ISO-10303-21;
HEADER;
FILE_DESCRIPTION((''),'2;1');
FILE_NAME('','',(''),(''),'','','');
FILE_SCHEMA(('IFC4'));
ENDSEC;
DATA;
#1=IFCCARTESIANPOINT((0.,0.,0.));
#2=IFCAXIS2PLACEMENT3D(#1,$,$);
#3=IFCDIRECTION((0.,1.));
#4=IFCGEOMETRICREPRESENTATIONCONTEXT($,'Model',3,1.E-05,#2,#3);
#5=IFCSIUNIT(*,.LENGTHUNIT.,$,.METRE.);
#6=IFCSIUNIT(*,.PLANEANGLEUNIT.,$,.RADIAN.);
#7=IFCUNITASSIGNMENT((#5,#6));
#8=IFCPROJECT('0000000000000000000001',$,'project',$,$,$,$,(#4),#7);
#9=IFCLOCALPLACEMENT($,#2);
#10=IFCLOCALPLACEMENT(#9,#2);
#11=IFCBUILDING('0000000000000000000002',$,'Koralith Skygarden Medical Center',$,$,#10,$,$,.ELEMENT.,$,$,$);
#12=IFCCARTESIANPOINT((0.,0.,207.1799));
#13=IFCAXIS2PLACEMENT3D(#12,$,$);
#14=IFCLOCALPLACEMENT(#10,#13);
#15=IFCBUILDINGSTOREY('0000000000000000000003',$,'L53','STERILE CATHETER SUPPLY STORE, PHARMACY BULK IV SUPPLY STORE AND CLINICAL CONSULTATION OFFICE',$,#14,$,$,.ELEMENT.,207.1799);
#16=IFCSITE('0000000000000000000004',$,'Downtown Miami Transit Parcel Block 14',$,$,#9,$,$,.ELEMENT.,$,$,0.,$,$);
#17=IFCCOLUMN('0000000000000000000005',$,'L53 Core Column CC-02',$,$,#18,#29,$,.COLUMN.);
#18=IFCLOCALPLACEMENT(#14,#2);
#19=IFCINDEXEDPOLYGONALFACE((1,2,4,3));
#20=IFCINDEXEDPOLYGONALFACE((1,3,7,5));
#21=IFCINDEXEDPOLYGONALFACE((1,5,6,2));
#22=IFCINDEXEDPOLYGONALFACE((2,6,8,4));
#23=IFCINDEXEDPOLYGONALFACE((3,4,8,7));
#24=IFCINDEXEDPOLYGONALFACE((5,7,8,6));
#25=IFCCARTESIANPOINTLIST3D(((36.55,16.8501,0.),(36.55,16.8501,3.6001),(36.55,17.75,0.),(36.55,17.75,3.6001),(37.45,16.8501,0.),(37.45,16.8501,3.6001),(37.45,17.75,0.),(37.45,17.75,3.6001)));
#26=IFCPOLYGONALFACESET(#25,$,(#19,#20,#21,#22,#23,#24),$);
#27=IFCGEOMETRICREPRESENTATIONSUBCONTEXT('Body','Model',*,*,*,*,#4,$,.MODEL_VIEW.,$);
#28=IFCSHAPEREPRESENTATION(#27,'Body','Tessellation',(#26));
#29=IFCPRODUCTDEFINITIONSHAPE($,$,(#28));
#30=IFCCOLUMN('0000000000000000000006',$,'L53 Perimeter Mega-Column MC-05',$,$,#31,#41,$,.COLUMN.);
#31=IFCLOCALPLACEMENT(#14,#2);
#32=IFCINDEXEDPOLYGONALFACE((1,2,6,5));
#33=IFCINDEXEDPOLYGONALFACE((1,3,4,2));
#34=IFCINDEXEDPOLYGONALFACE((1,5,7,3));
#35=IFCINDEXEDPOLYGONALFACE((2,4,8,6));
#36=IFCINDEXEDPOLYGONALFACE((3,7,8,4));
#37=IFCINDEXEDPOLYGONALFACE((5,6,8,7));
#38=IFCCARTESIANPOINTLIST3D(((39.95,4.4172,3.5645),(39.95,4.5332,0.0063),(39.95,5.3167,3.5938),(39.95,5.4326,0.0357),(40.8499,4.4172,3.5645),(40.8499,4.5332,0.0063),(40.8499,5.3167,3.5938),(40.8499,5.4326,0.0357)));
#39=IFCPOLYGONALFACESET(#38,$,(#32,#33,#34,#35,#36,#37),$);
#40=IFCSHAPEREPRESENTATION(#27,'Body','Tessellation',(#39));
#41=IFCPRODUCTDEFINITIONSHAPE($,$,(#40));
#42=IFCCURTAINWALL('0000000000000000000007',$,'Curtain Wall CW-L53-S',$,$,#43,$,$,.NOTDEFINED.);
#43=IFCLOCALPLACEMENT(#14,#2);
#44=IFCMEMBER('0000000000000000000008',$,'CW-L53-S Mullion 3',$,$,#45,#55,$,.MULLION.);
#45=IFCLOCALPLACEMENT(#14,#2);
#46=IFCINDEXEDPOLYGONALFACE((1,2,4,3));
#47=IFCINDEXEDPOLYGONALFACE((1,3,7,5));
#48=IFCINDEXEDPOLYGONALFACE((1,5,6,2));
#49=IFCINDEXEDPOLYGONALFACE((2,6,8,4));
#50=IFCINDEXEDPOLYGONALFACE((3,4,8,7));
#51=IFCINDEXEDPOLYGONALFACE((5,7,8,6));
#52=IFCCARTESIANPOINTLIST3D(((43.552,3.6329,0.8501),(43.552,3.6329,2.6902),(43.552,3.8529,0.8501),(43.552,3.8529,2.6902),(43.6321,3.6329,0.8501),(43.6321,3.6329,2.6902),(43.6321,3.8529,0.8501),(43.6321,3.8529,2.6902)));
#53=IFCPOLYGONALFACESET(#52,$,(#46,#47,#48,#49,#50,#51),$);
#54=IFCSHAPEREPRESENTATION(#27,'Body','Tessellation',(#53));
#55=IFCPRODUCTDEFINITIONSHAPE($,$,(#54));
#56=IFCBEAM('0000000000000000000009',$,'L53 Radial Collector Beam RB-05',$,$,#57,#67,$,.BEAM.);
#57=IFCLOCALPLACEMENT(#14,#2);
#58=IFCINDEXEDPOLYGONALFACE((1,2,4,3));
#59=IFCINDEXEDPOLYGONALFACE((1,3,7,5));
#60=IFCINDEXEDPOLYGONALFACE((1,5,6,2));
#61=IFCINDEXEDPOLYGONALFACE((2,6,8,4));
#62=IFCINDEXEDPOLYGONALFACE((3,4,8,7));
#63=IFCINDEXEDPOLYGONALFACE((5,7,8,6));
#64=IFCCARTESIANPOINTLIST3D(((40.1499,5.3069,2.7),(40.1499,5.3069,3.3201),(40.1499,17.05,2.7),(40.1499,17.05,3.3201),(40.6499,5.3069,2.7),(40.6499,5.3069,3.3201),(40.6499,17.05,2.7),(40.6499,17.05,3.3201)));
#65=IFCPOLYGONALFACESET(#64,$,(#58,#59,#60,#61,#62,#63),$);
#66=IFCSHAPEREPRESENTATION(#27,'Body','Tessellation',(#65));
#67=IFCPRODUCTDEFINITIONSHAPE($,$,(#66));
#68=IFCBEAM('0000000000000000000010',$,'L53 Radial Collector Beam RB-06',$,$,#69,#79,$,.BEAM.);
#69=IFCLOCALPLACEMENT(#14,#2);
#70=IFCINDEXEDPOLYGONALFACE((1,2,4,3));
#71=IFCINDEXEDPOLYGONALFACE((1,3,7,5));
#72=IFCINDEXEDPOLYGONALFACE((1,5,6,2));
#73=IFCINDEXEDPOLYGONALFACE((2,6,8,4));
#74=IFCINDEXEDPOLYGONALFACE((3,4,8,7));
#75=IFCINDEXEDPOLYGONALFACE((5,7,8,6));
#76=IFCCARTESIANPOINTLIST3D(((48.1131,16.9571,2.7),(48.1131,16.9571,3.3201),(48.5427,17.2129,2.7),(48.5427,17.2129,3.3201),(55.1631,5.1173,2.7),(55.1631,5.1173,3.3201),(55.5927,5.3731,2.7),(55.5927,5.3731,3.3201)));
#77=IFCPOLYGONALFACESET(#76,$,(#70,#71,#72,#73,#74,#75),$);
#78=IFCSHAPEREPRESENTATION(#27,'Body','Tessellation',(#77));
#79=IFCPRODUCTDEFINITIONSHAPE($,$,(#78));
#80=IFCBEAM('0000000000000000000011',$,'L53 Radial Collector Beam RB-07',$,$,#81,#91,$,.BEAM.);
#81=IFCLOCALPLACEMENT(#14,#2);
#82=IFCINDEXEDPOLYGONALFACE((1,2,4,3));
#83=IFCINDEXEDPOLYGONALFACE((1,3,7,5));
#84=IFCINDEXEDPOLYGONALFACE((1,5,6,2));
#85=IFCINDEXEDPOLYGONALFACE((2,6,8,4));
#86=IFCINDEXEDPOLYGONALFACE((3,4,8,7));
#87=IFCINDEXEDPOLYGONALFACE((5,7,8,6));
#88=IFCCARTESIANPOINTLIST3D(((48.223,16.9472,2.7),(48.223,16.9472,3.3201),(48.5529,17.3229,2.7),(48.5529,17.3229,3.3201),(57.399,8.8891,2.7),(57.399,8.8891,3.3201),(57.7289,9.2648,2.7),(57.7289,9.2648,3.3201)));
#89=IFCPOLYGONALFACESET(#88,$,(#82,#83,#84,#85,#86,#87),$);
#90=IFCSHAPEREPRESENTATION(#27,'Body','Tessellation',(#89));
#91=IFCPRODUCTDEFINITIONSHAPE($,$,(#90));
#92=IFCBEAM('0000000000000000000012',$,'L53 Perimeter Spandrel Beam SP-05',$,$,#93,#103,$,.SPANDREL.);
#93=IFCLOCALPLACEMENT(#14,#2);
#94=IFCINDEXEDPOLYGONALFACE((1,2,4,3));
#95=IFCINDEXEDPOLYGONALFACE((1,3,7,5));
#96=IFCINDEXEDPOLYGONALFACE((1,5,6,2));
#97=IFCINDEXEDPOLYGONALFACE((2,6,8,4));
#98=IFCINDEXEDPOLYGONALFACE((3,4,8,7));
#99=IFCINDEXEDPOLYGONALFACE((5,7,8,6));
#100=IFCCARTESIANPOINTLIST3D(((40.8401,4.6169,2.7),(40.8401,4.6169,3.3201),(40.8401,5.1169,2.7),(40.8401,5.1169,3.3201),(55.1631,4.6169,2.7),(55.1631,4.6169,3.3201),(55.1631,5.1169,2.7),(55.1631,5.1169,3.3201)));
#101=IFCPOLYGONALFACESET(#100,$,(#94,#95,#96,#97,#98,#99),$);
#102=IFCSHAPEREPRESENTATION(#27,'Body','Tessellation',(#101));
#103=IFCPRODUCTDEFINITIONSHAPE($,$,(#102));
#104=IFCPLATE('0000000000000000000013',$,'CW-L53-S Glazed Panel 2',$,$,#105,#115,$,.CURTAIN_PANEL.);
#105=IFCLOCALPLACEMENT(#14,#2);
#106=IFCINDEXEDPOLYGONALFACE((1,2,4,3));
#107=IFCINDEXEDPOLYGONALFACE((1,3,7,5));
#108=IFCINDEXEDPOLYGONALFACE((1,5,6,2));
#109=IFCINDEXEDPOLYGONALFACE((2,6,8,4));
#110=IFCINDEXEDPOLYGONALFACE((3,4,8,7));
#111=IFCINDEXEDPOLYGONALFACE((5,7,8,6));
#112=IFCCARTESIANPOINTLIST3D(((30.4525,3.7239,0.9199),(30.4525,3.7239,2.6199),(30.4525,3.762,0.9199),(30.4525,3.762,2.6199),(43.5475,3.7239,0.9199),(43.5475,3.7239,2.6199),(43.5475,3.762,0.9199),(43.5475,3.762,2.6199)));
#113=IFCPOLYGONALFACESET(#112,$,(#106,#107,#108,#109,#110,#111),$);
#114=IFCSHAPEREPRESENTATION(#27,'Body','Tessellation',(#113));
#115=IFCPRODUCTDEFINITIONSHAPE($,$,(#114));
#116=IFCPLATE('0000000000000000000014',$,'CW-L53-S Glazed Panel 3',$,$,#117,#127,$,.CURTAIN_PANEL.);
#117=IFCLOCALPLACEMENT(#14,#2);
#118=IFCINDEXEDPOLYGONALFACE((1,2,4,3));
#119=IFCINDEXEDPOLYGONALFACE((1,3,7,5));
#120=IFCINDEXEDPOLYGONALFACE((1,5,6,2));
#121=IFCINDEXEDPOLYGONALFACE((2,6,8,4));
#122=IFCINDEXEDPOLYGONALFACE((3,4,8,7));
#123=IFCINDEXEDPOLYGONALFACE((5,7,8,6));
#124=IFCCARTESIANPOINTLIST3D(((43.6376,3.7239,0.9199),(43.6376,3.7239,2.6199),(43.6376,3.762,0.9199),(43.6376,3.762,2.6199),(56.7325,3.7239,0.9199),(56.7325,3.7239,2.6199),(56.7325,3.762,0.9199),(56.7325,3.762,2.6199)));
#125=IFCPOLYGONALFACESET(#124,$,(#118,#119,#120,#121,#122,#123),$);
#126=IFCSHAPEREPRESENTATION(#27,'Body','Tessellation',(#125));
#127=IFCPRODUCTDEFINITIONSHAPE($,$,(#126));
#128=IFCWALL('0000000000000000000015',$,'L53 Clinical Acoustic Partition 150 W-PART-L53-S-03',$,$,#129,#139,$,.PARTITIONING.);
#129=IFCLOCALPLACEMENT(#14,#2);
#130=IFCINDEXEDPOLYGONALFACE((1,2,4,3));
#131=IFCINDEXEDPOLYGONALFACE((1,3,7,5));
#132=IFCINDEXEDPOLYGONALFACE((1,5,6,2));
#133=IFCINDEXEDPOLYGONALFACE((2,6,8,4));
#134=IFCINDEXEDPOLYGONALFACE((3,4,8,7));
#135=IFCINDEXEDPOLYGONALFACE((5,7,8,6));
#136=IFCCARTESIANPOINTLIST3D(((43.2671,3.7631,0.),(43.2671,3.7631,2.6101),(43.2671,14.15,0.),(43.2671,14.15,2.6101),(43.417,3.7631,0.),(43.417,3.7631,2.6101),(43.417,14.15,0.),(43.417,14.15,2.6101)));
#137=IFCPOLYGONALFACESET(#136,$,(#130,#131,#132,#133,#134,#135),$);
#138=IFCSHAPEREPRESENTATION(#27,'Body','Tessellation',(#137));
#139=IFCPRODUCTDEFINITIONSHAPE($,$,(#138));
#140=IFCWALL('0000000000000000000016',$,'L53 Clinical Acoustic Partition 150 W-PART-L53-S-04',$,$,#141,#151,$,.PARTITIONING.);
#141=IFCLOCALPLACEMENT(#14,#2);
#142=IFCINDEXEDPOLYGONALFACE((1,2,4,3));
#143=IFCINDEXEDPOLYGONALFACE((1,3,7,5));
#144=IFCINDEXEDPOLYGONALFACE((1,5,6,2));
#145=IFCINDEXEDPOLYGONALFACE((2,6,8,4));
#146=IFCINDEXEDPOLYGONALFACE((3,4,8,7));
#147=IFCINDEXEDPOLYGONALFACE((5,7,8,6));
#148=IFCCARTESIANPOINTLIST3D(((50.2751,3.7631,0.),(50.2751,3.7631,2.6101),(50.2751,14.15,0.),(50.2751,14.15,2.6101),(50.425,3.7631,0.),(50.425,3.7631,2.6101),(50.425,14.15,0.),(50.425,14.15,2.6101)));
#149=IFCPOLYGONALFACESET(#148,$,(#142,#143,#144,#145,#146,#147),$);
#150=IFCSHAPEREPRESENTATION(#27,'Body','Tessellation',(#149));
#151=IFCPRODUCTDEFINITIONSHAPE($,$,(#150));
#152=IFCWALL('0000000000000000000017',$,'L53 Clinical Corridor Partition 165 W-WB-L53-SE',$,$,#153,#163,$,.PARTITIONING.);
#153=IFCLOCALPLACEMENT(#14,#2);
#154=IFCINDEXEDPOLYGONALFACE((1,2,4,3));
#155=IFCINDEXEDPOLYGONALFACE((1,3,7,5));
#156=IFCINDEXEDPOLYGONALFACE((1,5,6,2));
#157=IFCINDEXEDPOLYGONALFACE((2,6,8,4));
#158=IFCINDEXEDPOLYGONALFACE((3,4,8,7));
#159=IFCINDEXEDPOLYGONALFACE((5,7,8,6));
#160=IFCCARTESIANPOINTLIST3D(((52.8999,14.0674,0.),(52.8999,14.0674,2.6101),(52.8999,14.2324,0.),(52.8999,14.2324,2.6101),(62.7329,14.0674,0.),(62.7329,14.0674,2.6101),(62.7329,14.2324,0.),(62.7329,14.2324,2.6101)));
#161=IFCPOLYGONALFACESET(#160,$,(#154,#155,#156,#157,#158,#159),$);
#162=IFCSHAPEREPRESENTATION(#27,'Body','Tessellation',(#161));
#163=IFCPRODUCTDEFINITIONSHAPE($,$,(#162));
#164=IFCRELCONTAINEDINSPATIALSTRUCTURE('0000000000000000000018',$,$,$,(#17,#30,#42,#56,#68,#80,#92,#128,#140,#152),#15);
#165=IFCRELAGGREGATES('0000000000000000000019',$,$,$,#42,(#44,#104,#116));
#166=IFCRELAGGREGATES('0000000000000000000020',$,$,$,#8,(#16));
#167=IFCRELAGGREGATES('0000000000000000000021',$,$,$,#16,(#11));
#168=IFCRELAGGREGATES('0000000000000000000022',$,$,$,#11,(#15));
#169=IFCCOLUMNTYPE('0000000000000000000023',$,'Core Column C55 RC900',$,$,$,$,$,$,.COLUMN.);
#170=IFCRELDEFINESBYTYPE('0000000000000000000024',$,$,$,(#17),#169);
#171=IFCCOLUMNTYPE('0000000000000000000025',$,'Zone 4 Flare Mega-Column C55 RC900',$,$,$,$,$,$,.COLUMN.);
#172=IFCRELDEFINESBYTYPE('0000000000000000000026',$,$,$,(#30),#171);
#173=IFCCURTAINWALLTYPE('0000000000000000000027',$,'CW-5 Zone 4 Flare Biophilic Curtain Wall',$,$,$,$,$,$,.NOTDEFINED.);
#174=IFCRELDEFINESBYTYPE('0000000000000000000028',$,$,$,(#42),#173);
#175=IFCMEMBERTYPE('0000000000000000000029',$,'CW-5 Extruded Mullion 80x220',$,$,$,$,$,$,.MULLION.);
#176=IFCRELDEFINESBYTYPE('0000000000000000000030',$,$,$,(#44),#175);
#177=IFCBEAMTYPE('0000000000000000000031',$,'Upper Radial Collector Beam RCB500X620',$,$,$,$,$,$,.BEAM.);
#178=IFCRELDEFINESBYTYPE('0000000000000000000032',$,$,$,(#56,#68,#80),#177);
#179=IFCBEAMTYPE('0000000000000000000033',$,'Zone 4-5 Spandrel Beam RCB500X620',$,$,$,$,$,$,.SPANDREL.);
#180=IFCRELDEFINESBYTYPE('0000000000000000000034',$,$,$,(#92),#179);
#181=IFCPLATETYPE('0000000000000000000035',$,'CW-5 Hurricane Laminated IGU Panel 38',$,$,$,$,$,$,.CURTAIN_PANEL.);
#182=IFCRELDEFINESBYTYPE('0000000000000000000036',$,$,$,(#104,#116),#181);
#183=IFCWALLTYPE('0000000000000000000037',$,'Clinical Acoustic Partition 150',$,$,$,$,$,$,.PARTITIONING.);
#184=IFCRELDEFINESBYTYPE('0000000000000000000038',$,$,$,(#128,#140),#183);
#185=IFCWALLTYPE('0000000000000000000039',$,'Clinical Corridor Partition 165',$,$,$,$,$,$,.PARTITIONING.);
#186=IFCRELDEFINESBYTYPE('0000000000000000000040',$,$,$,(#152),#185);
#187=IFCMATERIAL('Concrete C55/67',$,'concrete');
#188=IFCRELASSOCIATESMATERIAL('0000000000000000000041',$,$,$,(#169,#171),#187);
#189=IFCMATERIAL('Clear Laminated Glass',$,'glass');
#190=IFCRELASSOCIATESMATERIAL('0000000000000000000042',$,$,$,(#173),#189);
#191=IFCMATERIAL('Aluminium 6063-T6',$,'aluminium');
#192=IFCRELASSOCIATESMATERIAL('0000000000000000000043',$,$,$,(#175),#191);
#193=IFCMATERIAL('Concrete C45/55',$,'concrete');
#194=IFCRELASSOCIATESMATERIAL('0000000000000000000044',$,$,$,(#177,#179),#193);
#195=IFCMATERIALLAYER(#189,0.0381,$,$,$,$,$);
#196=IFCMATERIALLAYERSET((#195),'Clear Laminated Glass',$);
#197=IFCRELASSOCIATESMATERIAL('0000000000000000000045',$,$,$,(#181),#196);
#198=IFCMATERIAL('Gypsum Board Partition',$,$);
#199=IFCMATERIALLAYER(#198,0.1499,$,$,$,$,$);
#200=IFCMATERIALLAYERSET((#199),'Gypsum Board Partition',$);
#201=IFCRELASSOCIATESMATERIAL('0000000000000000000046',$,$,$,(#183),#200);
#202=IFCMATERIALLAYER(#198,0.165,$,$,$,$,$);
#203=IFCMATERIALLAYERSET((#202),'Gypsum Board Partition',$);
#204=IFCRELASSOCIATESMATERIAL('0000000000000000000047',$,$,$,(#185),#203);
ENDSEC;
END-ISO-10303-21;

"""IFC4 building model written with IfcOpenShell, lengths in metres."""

from ifc_helpers import new_model, si_unit, direction, frame, frame_2d, origin, origin_2d, place, context, subcontext, project, spatial, rectangle, extrude, material, layer, layer_set, material_profile, profile_set, type_object, element, aggregate, save


model = new_model("IFC4")

# Units and contexts
model_context = context("Model", 3, precision=1e-05, world=origin(), true_north=direction((0.0, 1.0)))
body_context = subcontext(model_context, "Body", "Model", "MODEL_VIEW")
ifc_project = project(units=[si_unit("LENGTHUNIT", "METRE"), si_unit("PLANEANGLEUNIT", "RADIAN")], contexts=[model_context])

# Site, building, storey
site_placement = place(None, origin())
site = spatial("IfcSite", under=ifc_project, at=site_placement, Name="Downtown Miami Transit Parcel Block 14", CompositionType="ELEMENT", RefElevation=0.0)
building_placement = place(site_placement, origin())
building = spatial("IfcBuilding", under=site, at=building_placement, Name="Koralith Skygarden Medical Center", CompositionType="ELEMENT")
storey_placement = place(building_placement, frame((0.0, 0.0, 207.1799)))
storey = spatial("IfcBuildingStorey", under=building, at=storey_placement, Name="L53", Description="STERILE CATHETER SUPPLY STORE, PHARMACY BULK IV SUPPLY STORE AND CLINICAL CONSULTATION OFFICE", CompositionType="ELEMENT", Elevation=207.1799)

# Columns
ifc_material_1 = material(Name="Concrete C55/67", Category="concrete")
ifc_material_profile_1 = material_profile(ifc_material_1, rectangle(XDim=0.8999, YDim=0.8999, at=origin_2d()), Name="RC900X900")
ifc_profile_set_1 = profile_set([ifc_material_profile_1], Name="Concrete C55/67")
column_type_1 = type_object("IfcColumnType", Name="Core Column C55 RC900", PredefinedType="COLUMN", material=ifc_profile_set_1)
column_1_placement = place(storey_placement, frame((37.0, 17.3, 0.0), z_axis=(0.0, 0.0, 1.0), x_axis=(1.0, 0.0, 0.0)))
element("IfcColumn", 1, at=column_1_placement, inside=storey, type_object=column_type_1, Name="L53 Core Column CC-02", PredefinedType="COLUMN", context=body_context, shape_type="SweptSolid", body=[
    extrude(rectangle(XDim=0.8999, YDim=0.8999, at=origin_2d()), origin(), (0.0, 0.0, 1.0), 3.6001),
])
ifc_material_profile_2 = material_profile(ifc_material_1, rectangle(XDim=0.8999, YDim=0.8999, at=origin_2d()), Name="RC900X900")
ifc_profile_set_2 = profile_set([ifc_material_profile_2], Name="Concrete C55/67")
column_type_2 = type_object("IfcColumnType", Name="Zone 4 Flare Mega-Column C55 RC900", PredefinedType="COLUMN", material=ifc_profile_set_2)
column_2_placement = place(storey_placement, frame((40.3999, 4.9829, 0.021), z_axis=(0.0, -0.032575, 0.999469), x_axis=(1.0, 0.0, 0.0)))
element("IfcColumn", 2, at=column_2_placement, inside=storey, type_object=column_type_2, Name="L53 Perimeter Mega-Column MC-05", PredefinedType="COLUMN", context=body_context, shape_type="SweptSolid", body=[
    extrude(rectangle(XDim=0.8999, YDim=0.8999, at=origin_2d()), origin(), (0.0, 0.0, 1.0), 3.5601),
])

# Curtain wall, member
ifc_material_2 = material(Name="Clear Laminated Glass", Category="glass")
curtain_wall_type = type_object("IfcCurtainWallType", Name="CW-5 Zone 4 Flare Biophilic Curtain Wall", PredefinedType="NOTDEFINED", material=ifc_material_2)
curtain_wall_placement = place(storey_placement, origin())
curtain_wall = element("IfcCurtainWall", 3, at=curtain_wall_placement, inside=storey, type_object=curtain_wall_type, Name="Curtain Wall CW-L53-S", PredefinedType="NOTDEFINED")
ifc_material_3 = material(Name="Aluminium 6063-T6", Category="aluminium")
ifc_material_profile_3 = material_profile(ifc_material_3, rectangle(XDim=0.0801, YDim=0.22, at=origin_2d()), Name="MUL80X220")
ifc_profile_set_3 = profile_set([ifc_material_profile_3], Name="Aluminium 6063-T6")
member_type = type_object("IfcMemberType", Name="CW-5 Extruded Mullion 80x220", PredefinedType="MULLION", material=ifc_profile_set_3)
member_placement = place(storey_placement, frame((43.592, 3.7429, 0.8501), z_axis=(0.0, 0.0, 1.0), x_axis=(1.0, 0.0, 0.0)))
member = element("IfcMember", 4, at=member_placement, type_object=member_type, Name="CW-L53-S Mullion 3", PredefinedType="MULLION", context=body_context, shape_type="SweptSolid", body=[
    extrude(rectangle(XDim=0.0801, YDim=0.22, at=origin_2d()), origin(), (0.0, 0.0, 1.0), 1.8401),
])

# Beams
ifc_material_4 = material(Name="Concrete C45/55", Category="concrete")
ifc_material_profile_4 = material_profile(ifc_material_4, rectangle(XDim=0.5, YDim=0.6201, at=origin_2d()), Name="RCB500X620")
ifc_profile_set_4 = profile_set([ifc_material_profile_4], Name="Concrete C45/55")
beam_type_1 = type_object("IfcBeamType", Name="Upper Radial Collector Beam RCB500X620", PredefinedType="BEAM", material=ifc_profile_set_4)
beam_1_placement = place(storey_placement, frame((40.3999, 17.05, 3.01), z_axis=(0.0, -1.0, 0.0), x_axis=(1.0, 0.0, 0.0)))
element("IfcBeam", 5, at=beam_1_placement, inside=storey, type_object=beam_type_1, Name="L53 Radial Collector Beam RB-05", PredefinedType="BEAM", context=body_context, shape_type="SweptSolid", body=[
    extrude(rectangle(XDim=0.5, YDim=0.6201, at=origin_2d()), origin(), (0.0, 0.0, 1.0), 11.7432),
])
beam_2_placement = place(storey_placement, frame((48.3279, 17.085, 3.01), z_axis=(0.511619, -0.859212, 0.0), x_axis=(0.859212, 0.511619, 0.0)))
element("IfcBeam", 6, at=beam_2_placement, inside=storey, type_object=beam_type_1, Name="L53 Radial Collector Beam RB-06", PredefinedType="BEAM", context=body_context, shape_type="SweptSolid", body=[
    extrude(rectangle(XDim=0.5, YDim=0.6201, at=origin_2d()), origin(), (0.0, 0.0, 1.0), 13.7798),
])
beam_3_placement = place(storey_placement, frame((48.3879, 17.135, 3.01), z_axis=(0.751395, -0.659852, 0.0), x_axis=(0.659852, 0.751395, 0.0)))
element("IfcBeam", 7, at=beam_3_placement, inside=storey, type_object=beam_type_1, Name="L53 Radial Collector Beam RB-07", PredefinedType="BEAM", context=body_context, shape_type="SweptSolid", body=[
    extrude(rectangle(XDim=0.5, YDim=0.6201, at=origin_2d()), origin(), (0.0, 0.0, 1.0), 12.2119),
])
ifc_material_profile_5 = material_profile(ifc_material_4, rectangle(XDim=0.5, YDim=0.6201, at=origin_2d()), Name="RCB500X620")
ifc_profile_set_5 = profile_set([ifc_material_profile_5], Name="Concrete C45/55")
beam_type_2 = type_object("IfcBeamType", Name="Zone 4-5 Spandrel Beam RCB500X620", PredefinedType="SPANDREL", material=ifc_profile_set_5)
beam_4_placement = place(storey_placement, frame((40.8401, 4.8669, 3.01), z_axis=(1.0, 0.0, 0.0), x_axis=(0.0, 1.0, 0.0)))
element("IfcBeam", 8, at=beam_4_placement, inside=storey, type_object=beam_type_2, Name="L53 Perimeter Spandrel Beam SP-05", PredefinedType="SPANDREL", context=body_context, shape_type="SweptSolid", body=[
    extrude(rectangle(XDim=0.5, YDim=0.6201, at=origin_2d()), origin(), (0.0, 0.0, 1.0), 14.323),
])

# Plates
ifc_layer_1 = layer(ifc_material_2, 0.0381)
ifc_layer_set_1 = layer_set([ifc_layer_1], Name="Clear Laminated Glass")
plate_type = type_object("IfcPlateType", Name="CW-5 Hurricane Laminated IGU Panel 38", PredefinedType="CURTAIN_PANEL", material=ifc_layer_set_1)
plate_1_placement = place(storey_placement, frame((37.0, 3.7429, 0.9199), z_axis=(0.0, 0.0, 1.0), x_axis=(1.0, 0.0, 0.0)))
plate_1 = element("IfcPlate", 9, at=plate_1_placement, type_object=plate_type, Name="CW-L53-S Glazed Panel 2", PredefinedType="CURTAIN_PANEL", context=body_context, shape_type="SweptSolid", body=[
    extrude(rectangle(XDim=13.095, YDim=0.0381, at=origin_2d()), origin(), (0.0, 0.0, 1.0), 1.7),
])
plate_2_placement = place(storey_placement, frame((50.1851, 3.7429, 0.9199), z_axis=(0.0, 0.0, 1.0), x_axis=(1.0, 0.0, 0.0)))
plate_2 = element("IfcPlate", 10, at=plate_2_placement, type_object=plate_type, Name="CW-L53-S Glazed Panel 3", PredefinedType="CURTAIN_PANEL", context=body_context, shape_type="SweptSolid", body=[
    extrude(rectangle(XDim=13.095, YDim=0.0381, at=origin_2d()), origin(), (0.0, 0.0, 1.0), 1.7),
])
aggregate(curtain_wall, [member, plate_1, plate_2])

# Walls
ifc_material_5 = material(Name="Gypsum Board Partition")
ifc_layer_2 = layer(ifc_material_5, 0.1499)
ifc_layer_set_2 = layer_set([ifc_layer_2], Name="Gypsum Board Partition")
wall_type_1 = type_object("IfcWallType", Name="Clinical Acoustic Partition 150", PredefinedType="PARTITIONING", material=ifc_layer_set_2)
for number, where, z_axis, x_axis, name in (
    (11, (43.342, 14.1499, 0.0), (0.0, 0.0, 1.0), (0.0, -1.0, 0.0), "L53 Clinical Acoustic Partition 150 W-PART-L53-S-03"),
    (12, (50.3501, 14.1499, 0.0), (0.0, 0.0, 1.0), (0.0, -1.0, 0.0), "L53 Clinical Acoustic Partition 150 W-PART-L53-S-04"),
):
    element("IfcWall", number, at=place(storey_placement, frame(where, z_axis=z_axis, x_axis=x_axis)), inside=storey, type_object=wall_type_1, Name=name, PredefinedType="PARTITIONING", context=body_context, shape_type="SweptSolid", body=[
        extrude(rectangle(XDim=10.387, YDim=0.1499, at=frame_2d((5.1934, 0.0))), origin(), (0.0, 0.0, 1.0), 2.6101),
    ])
ifc_layer_3 = layer(ifc_material_5, 0.165)
ifc_layer_set_3 = layer_set([ifc_layer_3], Name="Gypsum Board Partition")
wall_type_2 = type_object("IfcWallType", Name="Clinical Corridor Partition 165", PredefinedType="PARTITIONING", material=ifc_layer_set_3)
wall_1_placement = place(storey_placement, frame((52.8999, 14.1499, 0.0), z_axis=(0.0, 0.0, 1.0), x_axis=(1.0, 0.0, 0.0)))
element("IfcWall", 13, at=wall_1_placement, inside=storey, type_object=wall_type_2, Name="L53 Clinical Corridor Partition 165 W-WB-L53-SE", PredefinedType="PARTITIONING", context=body_context, shape_type="SweptSolid", body=[
    extrude(rectangle(XDim=9.833, YDim=0.165, at=frame_2d((4.9165, 0.0))), origin(), (0.0, 0.0, 1.0), 2.6101),
])

save(model, "model.ifc")
